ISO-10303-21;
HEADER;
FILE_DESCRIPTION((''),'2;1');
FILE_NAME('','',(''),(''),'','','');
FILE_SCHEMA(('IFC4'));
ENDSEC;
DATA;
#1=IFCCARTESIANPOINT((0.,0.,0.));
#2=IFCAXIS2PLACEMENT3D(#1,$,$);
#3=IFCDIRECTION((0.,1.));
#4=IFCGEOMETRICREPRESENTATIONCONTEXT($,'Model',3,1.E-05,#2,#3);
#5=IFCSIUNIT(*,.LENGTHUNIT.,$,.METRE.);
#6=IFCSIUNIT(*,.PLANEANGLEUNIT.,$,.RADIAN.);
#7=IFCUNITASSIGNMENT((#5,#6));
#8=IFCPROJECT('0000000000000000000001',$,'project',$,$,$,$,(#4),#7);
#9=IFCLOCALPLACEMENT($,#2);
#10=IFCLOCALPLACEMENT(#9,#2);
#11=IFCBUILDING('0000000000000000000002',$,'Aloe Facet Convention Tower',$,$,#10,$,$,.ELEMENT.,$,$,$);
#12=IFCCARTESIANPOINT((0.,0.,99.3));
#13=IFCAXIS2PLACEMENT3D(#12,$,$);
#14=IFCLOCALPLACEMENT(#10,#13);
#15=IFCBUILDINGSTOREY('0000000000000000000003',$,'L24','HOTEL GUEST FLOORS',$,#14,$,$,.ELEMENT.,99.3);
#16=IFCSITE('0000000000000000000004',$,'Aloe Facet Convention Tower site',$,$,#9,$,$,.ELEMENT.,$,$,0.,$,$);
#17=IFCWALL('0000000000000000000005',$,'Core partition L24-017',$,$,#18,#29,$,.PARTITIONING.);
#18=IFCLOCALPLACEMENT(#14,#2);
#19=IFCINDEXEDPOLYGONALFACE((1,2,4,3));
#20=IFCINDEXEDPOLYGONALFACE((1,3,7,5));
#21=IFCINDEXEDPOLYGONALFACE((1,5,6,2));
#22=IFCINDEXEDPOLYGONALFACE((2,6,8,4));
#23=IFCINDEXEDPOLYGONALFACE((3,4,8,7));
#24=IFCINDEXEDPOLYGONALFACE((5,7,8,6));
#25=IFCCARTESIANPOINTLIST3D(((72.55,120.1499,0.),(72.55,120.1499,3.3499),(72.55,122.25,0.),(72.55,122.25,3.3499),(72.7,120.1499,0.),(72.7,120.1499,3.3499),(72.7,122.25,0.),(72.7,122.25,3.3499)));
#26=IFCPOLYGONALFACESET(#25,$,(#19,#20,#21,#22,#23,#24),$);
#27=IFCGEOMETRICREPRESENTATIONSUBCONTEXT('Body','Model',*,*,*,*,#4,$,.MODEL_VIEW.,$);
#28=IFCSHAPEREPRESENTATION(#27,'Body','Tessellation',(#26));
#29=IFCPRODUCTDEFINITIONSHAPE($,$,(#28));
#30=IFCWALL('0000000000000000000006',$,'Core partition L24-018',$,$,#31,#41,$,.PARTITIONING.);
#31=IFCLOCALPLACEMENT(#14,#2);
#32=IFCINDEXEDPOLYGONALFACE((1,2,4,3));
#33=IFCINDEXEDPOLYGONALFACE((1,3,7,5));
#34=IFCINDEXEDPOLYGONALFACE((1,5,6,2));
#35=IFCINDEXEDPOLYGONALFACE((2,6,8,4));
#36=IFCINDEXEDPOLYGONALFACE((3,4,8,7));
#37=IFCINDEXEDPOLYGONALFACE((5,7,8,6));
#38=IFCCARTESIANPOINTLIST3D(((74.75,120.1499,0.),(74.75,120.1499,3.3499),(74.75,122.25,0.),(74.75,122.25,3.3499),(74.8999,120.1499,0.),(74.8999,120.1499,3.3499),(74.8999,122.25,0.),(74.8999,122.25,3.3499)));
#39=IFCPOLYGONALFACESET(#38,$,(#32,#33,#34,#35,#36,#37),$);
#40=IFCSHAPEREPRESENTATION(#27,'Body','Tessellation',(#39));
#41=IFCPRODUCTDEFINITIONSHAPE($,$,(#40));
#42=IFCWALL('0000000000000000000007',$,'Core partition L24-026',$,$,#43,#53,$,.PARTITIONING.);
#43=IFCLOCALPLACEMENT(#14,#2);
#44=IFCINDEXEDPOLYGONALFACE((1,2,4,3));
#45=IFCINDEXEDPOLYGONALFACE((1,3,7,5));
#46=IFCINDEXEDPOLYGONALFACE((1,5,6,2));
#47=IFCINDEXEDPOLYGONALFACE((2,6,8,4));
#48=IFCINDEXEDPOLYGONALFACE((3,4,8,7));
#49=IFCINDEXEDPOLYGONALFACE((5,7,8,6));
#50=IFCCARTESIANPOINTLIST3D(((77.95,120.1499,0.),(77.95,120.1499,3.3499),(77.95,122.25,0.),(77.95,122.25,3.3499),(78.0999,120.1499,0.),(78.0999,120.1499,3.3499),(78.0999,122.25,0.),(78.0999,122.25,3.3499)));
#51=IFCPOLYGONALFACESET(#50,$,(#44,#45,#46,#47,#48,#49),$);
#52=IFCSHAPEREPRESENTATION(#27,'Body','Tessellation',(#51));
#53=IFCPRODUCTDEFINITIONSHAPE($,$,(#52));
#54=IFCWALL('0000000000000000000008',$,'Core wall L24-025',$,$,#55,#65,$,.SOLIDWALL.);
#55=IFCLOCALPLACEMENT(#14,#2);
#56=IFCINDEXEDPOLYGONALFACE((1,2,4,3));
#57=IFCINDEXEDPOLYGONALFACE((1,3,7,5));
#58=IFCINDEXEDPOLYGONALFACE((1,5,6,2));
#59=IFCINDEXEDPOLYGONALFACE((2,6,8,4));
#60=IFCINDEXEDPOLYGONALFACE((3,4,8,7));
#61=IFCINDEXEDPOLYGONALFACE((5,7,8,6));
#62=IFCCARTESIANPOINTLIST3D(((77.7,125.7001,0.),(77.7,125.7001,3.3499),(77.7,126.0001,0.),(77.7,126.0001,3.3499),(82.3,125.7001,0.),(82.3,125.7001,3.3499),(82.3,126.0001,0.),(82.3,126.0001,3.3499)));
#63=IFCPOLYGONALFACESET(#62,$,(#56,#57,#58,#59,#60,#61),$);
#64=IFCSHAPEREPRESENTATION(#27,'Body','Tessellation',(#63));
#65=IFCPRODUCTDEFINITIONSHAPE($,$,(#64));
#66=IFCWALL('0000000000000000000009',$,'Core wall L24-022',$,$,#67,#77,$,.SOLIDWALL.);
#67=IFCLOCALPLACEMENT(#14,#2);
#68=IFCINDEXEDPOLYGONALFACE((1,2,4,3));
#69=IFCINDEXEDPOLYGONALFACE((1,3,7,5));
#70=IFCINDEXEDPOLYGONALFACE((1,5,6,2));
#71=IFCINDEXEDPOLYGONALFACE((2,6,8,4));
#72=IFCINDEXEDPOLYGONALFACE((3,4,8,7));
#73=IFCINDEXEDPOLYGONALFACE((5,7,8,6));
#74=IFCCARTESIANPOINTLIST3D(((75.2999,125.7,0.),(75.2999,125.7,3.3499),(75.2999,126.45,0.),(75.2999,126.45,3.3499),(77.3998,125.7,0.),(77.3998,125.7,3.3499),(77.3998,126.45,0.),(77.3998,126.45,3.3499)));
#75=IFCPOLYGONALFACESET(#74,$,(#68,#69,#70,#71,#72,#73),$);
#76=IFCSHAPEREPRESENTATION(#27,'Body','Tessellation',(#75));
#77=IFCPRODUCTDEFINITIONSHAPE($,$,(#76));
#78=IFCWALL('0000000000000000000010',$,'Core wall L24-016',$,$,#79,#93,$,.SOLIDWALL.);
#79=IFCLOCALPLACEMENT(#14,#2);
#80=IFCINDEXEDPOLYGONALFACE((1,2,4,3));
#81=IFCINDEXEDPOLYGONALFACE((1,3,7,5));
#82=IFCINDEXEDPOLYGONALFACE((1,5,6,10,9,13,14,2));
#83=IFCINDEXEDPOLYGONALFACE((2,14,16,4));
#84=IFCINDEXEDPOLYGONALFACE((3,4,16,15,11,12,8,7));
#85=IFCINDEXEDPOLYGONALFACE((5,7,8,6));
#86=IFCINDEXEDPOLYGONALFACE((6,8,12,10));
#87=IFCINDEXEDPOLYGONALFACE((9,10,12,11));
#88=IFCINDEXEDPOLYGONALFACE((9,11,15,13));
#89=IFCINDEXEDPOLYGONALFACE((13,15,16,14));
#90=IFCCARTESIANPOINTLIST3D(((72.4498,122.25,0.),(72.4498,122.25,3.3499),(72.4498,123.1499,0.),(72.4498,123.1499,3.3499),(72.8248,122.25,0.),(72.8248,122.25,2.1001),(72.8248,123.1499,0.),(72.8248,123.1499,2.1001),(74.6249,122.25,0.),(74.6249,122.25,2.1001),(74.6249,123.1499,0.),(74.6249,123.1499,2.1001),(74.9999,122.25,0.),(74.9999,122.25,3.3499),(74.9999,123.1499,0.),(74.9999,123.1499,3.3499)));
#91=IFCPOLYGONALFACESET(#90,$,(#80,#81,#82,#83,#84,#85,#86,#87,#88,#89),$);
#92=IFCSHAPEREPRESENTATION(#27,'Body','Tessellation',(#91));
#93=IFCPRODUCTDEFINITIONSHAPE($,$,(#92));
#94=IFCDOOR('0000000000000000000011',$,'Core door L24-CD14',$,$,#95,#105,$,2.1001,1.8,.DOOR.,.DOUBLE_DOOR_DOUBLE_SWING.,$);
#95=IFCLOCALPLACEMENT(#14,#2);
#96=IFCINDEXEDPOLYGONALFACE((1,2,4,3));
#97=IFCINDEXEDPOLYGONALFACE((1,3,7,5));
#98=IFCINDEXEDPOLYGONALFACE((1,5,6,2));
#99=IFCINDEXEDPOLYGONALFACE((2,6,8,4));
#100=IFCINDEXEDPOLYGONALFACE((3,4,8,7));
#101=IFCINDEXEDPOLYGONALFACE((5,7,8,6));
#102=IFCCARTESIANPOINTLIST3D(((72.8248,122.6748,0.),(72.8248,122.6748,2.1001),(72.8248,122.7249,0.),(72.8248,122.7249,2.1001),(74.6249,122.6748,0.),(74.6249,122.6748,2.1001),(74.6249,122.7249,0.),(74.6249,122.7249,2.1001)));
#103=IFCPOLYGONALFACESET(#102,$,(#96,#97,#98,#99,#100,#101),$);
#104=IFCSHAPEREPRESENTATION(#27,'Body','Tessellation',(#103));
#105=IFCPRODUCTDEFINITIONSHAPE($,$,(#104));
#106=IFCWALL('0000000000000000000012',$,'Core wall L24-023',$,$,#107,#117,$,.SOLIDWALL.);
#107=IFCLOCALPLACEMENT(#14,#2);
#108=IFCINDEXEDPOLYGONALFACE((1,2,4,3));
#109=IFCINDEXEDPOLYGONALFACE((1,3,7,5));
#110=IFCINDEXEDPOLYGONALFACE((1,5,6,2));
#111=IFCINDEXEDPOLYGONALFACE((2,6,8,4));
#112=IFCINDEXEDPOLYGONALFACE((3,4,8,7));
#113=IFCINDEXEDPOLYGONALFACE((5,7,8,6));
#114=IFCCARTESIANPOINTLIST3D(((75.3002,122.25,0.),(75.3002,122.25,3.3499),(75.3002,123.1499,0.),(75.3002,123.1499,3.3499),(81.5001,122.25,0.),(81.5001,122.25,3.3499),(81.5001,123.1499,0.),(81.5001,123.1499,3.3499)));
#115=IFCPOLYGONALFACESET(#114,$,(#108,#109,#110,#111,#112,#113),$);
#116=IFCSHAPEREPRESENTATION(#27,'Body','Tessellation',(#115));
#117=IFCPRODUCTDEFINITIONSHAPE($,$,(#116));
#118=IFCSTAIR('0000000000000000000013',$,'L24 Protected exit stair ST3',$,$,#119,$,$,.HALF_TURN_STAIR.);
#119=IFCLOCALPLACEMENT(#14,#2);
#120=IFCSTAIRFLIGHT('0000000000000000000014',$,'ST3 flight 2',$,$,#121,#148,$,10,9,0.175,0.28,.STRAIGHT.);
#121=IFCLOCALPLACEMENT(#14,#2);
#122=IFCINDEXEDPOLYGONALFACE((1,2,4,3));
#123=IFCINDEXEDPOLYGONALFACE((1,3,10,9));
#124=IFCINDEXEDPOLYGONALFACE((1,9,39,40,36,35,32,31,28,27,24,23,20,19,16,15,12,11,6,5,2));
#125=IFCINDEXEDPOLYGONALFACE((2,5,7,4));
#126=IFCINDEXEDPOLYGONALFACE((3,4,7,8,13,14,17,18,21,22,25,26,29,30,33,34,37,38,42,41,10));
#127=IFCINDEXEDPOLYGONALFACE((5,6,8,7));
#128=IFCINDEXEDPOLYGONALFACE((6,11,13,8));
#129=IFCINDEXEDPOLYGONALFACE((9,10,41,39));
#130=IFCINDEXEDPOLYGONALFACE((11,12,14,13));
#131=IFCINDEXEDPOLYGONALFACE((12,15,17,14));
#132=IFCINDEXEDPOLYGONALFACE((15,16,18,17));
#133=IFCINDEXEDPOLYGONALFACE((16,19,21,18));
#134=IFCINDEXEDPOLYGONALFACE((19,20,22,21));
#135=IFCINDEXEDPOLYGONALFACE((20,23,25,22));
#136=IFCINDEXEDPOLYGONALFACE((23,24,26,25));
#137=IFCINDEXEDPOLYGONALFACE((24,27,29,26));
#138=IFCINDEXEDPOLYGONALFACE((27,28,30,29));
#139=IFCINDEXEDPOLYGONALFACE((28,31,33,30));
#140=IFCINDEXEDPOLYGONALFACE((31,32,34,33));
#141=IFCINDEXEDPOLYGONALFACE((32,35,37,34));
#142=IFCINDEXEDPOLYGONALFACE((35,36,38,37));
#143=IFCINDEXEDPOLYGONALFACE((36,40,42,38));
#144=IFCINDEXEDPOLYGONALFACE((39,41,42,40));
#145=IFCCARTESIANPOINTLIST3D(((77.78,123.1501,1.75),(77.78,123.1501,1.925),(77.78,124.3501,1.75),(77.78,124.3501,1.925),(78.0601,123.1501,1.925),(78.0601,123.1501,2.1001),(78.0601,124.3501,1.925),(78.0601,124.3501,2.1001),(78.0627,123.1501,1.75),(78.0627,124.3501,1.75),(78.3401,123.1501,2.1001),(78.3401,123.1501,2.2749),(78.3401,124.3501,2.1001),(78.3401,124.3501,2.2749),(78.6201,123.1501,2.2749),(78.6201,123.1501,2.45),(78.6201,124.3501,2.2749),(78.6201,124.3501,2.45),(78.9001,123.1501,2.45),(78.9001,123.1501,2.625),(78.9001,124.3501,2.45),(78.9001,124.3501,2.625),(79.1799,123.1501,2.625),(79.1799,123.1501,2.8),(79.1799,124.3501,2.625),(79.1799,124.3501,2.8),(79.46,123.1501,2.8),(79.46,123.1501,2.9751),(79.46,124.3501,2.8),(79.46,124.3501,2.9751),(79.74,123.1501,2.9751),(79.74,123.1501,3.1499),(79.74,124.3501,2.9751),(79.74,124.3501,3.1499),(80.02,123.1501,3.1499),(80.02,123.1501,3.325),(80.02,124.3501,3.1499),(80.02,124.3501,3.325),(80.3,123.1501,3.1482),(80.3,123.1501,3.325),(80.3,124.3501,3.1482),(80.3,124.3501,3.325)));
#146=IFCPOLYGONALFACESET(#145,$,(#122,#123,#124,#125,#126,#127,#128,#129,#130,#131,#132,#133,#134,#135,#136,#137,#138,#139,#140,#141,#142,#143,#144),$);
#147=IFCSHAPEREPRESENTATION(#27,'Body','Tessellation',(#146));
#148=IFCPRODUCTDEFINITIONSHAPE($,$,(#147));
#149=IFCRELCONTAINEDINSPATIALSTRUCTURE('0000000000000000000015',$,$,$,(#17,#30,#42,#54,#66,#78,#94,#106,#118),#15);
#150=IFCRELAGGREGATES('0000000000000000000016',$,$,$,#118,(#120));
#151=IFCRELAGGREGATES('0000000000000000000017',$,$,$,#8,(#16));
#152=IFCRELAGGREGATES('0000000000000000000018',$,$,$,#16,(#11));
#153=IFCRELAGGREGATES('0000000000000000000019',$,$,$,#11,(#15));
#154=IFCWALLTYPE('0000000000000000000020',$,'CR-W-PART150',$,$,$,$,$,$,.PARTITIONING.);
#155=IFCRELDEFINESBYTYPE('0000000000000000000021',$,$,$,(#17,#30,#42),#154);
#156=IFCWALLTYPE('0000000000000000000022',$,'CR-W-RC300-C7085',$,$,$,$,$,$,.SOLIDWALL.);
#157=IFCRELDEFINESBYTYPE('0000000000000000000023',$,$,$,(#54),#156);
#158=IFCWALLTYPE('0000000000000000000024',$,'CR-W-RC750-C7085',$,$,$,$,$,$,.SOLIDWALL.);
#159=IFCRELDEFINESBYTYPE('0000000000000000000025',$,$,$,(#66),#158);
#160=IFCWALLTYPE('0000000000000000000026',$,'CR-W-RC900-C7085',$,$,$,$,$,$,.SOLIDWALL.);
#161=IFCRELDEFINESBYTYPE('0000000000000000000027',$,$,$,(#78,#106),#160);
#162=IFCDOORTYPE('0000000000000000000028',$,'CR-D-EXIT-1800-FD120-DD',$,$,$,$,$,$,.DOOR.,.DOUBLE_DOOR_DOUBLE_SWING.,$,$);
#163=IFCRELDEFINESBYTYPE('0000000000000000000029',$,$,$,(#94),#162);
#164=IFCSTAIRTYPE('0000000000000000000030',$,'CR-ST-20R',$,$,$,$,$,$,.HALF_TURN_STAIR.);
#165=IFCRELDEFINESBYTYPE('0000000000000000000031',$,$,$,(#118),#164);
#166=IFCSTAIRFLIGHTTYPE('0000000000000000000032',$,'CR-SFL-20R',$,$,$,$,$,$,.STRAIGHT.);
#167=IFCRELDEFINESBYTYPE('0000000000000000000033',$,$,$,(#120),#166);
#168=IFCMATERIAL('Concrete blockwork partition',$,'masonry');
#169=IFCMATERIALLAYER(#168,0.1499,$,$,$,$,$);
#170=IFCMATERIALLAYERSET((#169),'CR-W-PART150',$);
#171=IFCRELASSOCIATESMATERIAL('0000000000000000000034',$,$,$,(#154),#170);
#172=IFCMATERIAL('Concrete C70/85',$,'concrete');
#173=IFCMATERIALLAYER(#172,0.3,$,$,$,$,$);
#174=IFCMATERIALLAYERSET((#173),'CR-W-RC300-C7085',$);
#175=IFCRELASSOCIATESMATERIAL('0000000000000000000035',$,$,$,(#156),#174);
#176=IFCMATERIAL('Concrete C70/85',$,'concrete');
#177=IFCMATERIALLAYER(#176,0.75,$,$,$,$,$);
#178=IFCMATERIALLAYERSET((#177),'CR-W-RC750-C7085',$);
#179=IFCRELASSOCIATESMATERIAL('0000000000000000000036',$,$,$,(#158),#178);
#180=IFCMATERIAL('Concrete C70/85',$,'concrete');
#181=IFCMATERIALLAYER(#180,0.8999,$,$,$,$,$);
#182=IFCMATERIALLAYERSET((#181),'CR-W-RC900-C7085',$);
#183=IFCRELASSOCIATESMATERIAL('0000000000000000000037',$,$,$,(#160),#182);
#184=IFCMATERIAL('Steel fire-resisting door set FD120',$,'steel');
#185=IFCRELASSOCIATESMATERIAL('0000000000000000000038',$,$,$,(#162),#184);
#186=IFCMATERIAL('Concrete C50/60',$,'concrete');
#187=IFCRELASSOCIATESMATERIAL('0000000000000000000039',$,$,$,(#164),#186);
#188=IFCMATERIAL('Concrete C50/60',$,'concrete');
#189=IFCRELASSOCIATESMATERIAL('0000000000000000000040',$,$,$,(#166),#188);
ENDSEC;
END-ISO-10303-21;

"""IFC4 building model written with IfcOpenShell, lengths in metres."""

from ifc_helpers import new_model, si_unit, direction, frame, frame_2d, origin, place, context, subcontext, project, spatial, polyline, rectangle, outline, extrude, material, layer, layer_set, type_object, element, fill, aggregate, save


model = new_model("IFC4")

# Units and contexts
model_context = context("Model", 3, precision=1e-05, world=origin(), true_north=direction((0.0, 1.0)))
body_context = subcontext(model_context, "Body", "Model", "MODEL_VIEW")
ifc_project = project(units=[si_unit("LENGTHUNIT", "METRE"), si_unit("PLANEANGLEUNIT", "RADIAN")], contexts=[model_context])

# Site, building, storey
site_placement = place(None, origin())
site = spatial("IfcSite", under=ifc_project, at=site_placement, Name="Aloe Facet Convention Tower site", CompositionType="ELEMENT", RefElevation=0.0)
building_placement = place(site_placement, origin())
building = spatial("IfcBuilding", under=site, at=building_placement, Name="Aloe Facet Convention Tower", CompositionType="ELEMENT")
storey_placement = place(building_placement, frame((0.0, 0.0, 99.3)))
storey = spatial("IfcBuildingStorey", under=building, at=storey_placement, Name="L24", Description="HOTEL GUEST FLOORS", CompositionType="ELEMENT", Elevation=99.3)

# Walls
ifc_material_1 = material(Name="Concrete blockwork partition", Category="masonry")
ifc_layer_1 = layer(ifc_material_1, 0.1499)
ifc_layer_set_1 = layer_set([ifc_layer_1], Name="CR-W-PART150")
wall_type_1 = type_object("IfcWallType", Name="CR-W-PART150", PredefinedType="PARTITIONING", material=ifc_layer_set_1)
for number, where, z_axis, x_axis, name in (
    (1, (72.625, 122.25, 0.0), (0.0, 0.0, 1.0), (0.0, -1.0, 0.0), "Core partition L24-017"),
    (2, (74.825, 122.25, 0.0), (0.0, 0.0, 1.0), (0.0, -1.0, 0.0), "Core partition L24-018"),
    (3, (78.0249, 122.25, 0.0), (0.0, 0.0, 1.0), (0.0, -1.0, 0.0), "Core partition L24-026"),
):
    element("IfcWall", number, at=place(storey_placement, frame(where, z_axis=z_axis, x_axis=x_axis)), inside=storey, type_object=wall_type_1, Name=name, PredefinedType="PARTITIONING", context=body_context, shape_type="SweptSolid", body=[
        extrude(rectangle(XDim=2.1001, YDim=0.1499, at=frame_2d((1.05, 0.0))), origin(), (0.0, 0.0, 1.0), 3.3499),
    ])
ifc_material_2 = material(Name="Concrete C70/85", Category="concrete")
ifc_layer_2 = layer(ifc_material_2, 0.3)
ifc_layer_set_2 = layer_set([ifc_layer_2], Name="CR-W-RC300-C7085")
wall_type_2 = type_object("IfcWallType", Name="CR-W-RC300-C7085", PredefinedType="SOLIDWALL", material=ifc_layer_set_2)
wall_1_placement = place(storey_placement, frame((77.7, 125.8501, 0.0), z_axis=(0.0, 0.0, 1.0), x_axis=(1.0, 0.0, 0.0)))
element("IfcWall", 4, at=wall_1_placement, inside=storey, type_object=wall_type_2, Name="Core wall L24-025", PredefinedType="SOLIDWALL", context=body_context, shape_type="SweptSolid", body=[
    extrude(rectangle(XDim=4.6001, YDim=0.3, at=frame_2d((2.3, 0.0))), origin(), (0.0, 0.0, 1.0), 3.3499),
])
ifc_material_3 = material(Name="Concrete C70/85", Category="concrete")
ifc_layer_3 = layer(ifc_material_3, 0.75)
ifc_layer_set_3 = layer_set([ifc_layer_3], Name="CR-W-RC750-C7085")
wall_type_3 = type_object("IfcWallType", Name="CR-W-RC750-C7085", PredefinedType="SOLIDWALL", material=ifc_layer_set_3)
wall_2_placement = place(storey_placement, frame((75.3, 126.075, 0.0), z_axis=(0.0, 0.0, 1.0), x_axis=(1.0, 0.0, 0.0)))
element("IfcWall", 5, at=wall_2_placement, inside=storey, type_object=wall_type_3, Name="Core wall L24-022", PredefinedType="SOLIDWALL", context=body_context, shape_type="SweptSolid", body=[
    extrude(rectangle(XDim=2.0999, YDim=0.75, at=frame_2d((1.0498, 0.0))), origin(), (0.0, 0.0, 1.0), 3.3499),
])

# Wall, opening, door
ifc_material_4 = material(Name="Concrete C70/85", Category="concrete")
ifc_layer_4 = layer(ifc_material_4, 0.8999)
ifc_layer_set_4 = layer_set([ifc_layer_4], Name="CR-W-RC900-C7085")
wall_type_4 = type_object("IfcWallType", Name="CR-W-RC900-C7085", PredefinedType="SOLIDWALL", material=ifc_layer_set_4)
wall_3_placement = place(storey_placement, frame((72.45, 122.7, 0.0), z_axis=(0.0, 0.0, 1.0), x_axis=(1.0, 0.0, 0.0)))
wall_3 = element("IfcWall", 6, at=wall_3_placement, inside=storey, type_object=wall_type_4, Name="Core wall L24-016", PredefinedType="SOLIDWALL", context=body_context, shape_type="SweptSolid", body=[
    extrude(rectangle(XDim=2.55, YDim=0.8999, at=frame_2d((1.2749, 0.0))), origin(), (0.0, 0.0, 1.0), 3.3499),
])
opening_placement = place(wall_3_placement, frame((0.375, 0.0, 0.0)))
opening = element("IfcOpeningElement", 7, at=opening_placement, cuts=wall_3, PredefinedType="OPENING", context=body_context, shape_type="SweptSolid", body=[
    extrude(rectangle(XDim=1.8, YDim=2.1001, at=frame_2d((0.8999, 1.05))), frame((0.0, 0.46, 0.0), z_axis=(0.0, -1.0, 0.0), x_axis=(1.0, 0.0, 0.0)), (0.0, 0.0, 1.0), 0.9199),
])
ifc_material_5 = material(Name="Steel fire-resisting door set FD120", Category="steel")
door_type = type_object("IfcDoorType", Name="CR-D-EXIT-1800-FD120-DD", OperationType="DOUBLE_DOOR_DOUBLE_SWING", PredefinedType="DOOR", material=ifc_material_5)
door_placement = place(opening_placement, origin())
door = element("IfcDoor", 8, at=door_placement, inside=storey, type_object=door_type, Name="Core door L24-CD14", OperationType="DOUBLE_DOOR_DOUBLE_SWING", OverallHeight=2.1001, OverallWidth=1.8, PredefinedType="DOOR", context=body_context, shape_type="SweptSolid", body=[
    extrude(rectangle(XDim=1.8, YDim=2.1001, at=frame_2d((0.8999, 1.05))), frame((0.0, 0.0249, 0.0), z_axis=(0.0, -1.0, 0.0), x_axis=(1.0, 0.0, 0.0)), (0.0, 0.0, 1.0), 0.05),
])
fill(opening, door)

# Wall
wall_4_placement = place(storey_placement, frame((75.3, 122.7, 0.0), z_axis=(0.0, 0.0, 1.0), x_axis=(1.0, 0.0, 0.0)))
element("IfcWall", 9, at=wall_4_placement, inside=storey, type_object=wall_type_4, Name="Core wall L24-023", PredefinedType="SOLIDWALL", context=body_context, shape_type="SweptSolid", body=[
    extrude(rectangle(XDim=6.2, YDim=0.8999, at=frame_2d((3.1001, 0.0))), origin(), (0.0, 0.0, 1.0), 3.3499),
])

# Stair, stair flight
ifc_material_6 = material(Name="Concrete C50/60", Category="concrete")
stair_type = type_object("IfcStairType", Name="CR-ST-20R", PredefinedType="HALF_TURN_STAIR", material=ifc_material_6)
stair_placement = place(storey_placement, origin())
stair = element("IfcStair", 10, at=stair_placement, inside=storey, type_object=stair_type, Name="L24 Protected exit stair ST3", PredefinedType="HALF_TURN_STAIR")
ifc_material_7 = material(Name="Concrete C50/60", Category="concrete")
stair_flight_type = type_object("IfcStairFlightType", Name="CR-SFL-20R", PredefinedType="STRAIGHT", material=ifc_material_7)
stair_flight_placement = place(storey_placement, frame((77.78, 123.75, 1.75), z_axis=(0.0, 0.0, 1.0), x_axis=(1.0, 0.0, 0.0)))
stair_flight = element("IfcStairFlight", 11, at=stair_flight_placement, type_object=stair_flight_type, Name="ST3 flight 2", NumberOfRisers=10, NumberOfTreads=9, PredefinedType="STRAIGHT", RiserHeight=0.175, TreadLength=0.28, context=body_context, shape_type="SweptSolid", body=[
    extrude(outline(polyline([(0.0, 0.0), (0.0, 0.175), (0.28, 0.175), (0.28, 0.3501), (0.5601, 0.3501), (0.5601, 0.5249), (0.8401, 0.5249), (0.8401, 0.7), (1.1201, 0.7), (1.1201, 0.875), (1.3999, 0.875), (1.3999, 1.05), (1.6799, 1.05), (1.6799, 1.2251), (1.96, 1.2251), (1.96, 1.3999), (2.24, 1.3999), (2.24, 1.575), (2.52, 1.575), (2.52, 1.75), (2.52, 1.3982), (0.2827, 0.0), (0.0, 0.0)])), frame((0.0, 0.6001, 0.0), z_axis=(0.0, -1.0, 0.0), x_axis=(1.0, 0.0, 0.0)), (0.0, 0.0, 1.0), 1.2),
])
aggregate(stair, [stair_flight])

save(model, "model.ifc")
